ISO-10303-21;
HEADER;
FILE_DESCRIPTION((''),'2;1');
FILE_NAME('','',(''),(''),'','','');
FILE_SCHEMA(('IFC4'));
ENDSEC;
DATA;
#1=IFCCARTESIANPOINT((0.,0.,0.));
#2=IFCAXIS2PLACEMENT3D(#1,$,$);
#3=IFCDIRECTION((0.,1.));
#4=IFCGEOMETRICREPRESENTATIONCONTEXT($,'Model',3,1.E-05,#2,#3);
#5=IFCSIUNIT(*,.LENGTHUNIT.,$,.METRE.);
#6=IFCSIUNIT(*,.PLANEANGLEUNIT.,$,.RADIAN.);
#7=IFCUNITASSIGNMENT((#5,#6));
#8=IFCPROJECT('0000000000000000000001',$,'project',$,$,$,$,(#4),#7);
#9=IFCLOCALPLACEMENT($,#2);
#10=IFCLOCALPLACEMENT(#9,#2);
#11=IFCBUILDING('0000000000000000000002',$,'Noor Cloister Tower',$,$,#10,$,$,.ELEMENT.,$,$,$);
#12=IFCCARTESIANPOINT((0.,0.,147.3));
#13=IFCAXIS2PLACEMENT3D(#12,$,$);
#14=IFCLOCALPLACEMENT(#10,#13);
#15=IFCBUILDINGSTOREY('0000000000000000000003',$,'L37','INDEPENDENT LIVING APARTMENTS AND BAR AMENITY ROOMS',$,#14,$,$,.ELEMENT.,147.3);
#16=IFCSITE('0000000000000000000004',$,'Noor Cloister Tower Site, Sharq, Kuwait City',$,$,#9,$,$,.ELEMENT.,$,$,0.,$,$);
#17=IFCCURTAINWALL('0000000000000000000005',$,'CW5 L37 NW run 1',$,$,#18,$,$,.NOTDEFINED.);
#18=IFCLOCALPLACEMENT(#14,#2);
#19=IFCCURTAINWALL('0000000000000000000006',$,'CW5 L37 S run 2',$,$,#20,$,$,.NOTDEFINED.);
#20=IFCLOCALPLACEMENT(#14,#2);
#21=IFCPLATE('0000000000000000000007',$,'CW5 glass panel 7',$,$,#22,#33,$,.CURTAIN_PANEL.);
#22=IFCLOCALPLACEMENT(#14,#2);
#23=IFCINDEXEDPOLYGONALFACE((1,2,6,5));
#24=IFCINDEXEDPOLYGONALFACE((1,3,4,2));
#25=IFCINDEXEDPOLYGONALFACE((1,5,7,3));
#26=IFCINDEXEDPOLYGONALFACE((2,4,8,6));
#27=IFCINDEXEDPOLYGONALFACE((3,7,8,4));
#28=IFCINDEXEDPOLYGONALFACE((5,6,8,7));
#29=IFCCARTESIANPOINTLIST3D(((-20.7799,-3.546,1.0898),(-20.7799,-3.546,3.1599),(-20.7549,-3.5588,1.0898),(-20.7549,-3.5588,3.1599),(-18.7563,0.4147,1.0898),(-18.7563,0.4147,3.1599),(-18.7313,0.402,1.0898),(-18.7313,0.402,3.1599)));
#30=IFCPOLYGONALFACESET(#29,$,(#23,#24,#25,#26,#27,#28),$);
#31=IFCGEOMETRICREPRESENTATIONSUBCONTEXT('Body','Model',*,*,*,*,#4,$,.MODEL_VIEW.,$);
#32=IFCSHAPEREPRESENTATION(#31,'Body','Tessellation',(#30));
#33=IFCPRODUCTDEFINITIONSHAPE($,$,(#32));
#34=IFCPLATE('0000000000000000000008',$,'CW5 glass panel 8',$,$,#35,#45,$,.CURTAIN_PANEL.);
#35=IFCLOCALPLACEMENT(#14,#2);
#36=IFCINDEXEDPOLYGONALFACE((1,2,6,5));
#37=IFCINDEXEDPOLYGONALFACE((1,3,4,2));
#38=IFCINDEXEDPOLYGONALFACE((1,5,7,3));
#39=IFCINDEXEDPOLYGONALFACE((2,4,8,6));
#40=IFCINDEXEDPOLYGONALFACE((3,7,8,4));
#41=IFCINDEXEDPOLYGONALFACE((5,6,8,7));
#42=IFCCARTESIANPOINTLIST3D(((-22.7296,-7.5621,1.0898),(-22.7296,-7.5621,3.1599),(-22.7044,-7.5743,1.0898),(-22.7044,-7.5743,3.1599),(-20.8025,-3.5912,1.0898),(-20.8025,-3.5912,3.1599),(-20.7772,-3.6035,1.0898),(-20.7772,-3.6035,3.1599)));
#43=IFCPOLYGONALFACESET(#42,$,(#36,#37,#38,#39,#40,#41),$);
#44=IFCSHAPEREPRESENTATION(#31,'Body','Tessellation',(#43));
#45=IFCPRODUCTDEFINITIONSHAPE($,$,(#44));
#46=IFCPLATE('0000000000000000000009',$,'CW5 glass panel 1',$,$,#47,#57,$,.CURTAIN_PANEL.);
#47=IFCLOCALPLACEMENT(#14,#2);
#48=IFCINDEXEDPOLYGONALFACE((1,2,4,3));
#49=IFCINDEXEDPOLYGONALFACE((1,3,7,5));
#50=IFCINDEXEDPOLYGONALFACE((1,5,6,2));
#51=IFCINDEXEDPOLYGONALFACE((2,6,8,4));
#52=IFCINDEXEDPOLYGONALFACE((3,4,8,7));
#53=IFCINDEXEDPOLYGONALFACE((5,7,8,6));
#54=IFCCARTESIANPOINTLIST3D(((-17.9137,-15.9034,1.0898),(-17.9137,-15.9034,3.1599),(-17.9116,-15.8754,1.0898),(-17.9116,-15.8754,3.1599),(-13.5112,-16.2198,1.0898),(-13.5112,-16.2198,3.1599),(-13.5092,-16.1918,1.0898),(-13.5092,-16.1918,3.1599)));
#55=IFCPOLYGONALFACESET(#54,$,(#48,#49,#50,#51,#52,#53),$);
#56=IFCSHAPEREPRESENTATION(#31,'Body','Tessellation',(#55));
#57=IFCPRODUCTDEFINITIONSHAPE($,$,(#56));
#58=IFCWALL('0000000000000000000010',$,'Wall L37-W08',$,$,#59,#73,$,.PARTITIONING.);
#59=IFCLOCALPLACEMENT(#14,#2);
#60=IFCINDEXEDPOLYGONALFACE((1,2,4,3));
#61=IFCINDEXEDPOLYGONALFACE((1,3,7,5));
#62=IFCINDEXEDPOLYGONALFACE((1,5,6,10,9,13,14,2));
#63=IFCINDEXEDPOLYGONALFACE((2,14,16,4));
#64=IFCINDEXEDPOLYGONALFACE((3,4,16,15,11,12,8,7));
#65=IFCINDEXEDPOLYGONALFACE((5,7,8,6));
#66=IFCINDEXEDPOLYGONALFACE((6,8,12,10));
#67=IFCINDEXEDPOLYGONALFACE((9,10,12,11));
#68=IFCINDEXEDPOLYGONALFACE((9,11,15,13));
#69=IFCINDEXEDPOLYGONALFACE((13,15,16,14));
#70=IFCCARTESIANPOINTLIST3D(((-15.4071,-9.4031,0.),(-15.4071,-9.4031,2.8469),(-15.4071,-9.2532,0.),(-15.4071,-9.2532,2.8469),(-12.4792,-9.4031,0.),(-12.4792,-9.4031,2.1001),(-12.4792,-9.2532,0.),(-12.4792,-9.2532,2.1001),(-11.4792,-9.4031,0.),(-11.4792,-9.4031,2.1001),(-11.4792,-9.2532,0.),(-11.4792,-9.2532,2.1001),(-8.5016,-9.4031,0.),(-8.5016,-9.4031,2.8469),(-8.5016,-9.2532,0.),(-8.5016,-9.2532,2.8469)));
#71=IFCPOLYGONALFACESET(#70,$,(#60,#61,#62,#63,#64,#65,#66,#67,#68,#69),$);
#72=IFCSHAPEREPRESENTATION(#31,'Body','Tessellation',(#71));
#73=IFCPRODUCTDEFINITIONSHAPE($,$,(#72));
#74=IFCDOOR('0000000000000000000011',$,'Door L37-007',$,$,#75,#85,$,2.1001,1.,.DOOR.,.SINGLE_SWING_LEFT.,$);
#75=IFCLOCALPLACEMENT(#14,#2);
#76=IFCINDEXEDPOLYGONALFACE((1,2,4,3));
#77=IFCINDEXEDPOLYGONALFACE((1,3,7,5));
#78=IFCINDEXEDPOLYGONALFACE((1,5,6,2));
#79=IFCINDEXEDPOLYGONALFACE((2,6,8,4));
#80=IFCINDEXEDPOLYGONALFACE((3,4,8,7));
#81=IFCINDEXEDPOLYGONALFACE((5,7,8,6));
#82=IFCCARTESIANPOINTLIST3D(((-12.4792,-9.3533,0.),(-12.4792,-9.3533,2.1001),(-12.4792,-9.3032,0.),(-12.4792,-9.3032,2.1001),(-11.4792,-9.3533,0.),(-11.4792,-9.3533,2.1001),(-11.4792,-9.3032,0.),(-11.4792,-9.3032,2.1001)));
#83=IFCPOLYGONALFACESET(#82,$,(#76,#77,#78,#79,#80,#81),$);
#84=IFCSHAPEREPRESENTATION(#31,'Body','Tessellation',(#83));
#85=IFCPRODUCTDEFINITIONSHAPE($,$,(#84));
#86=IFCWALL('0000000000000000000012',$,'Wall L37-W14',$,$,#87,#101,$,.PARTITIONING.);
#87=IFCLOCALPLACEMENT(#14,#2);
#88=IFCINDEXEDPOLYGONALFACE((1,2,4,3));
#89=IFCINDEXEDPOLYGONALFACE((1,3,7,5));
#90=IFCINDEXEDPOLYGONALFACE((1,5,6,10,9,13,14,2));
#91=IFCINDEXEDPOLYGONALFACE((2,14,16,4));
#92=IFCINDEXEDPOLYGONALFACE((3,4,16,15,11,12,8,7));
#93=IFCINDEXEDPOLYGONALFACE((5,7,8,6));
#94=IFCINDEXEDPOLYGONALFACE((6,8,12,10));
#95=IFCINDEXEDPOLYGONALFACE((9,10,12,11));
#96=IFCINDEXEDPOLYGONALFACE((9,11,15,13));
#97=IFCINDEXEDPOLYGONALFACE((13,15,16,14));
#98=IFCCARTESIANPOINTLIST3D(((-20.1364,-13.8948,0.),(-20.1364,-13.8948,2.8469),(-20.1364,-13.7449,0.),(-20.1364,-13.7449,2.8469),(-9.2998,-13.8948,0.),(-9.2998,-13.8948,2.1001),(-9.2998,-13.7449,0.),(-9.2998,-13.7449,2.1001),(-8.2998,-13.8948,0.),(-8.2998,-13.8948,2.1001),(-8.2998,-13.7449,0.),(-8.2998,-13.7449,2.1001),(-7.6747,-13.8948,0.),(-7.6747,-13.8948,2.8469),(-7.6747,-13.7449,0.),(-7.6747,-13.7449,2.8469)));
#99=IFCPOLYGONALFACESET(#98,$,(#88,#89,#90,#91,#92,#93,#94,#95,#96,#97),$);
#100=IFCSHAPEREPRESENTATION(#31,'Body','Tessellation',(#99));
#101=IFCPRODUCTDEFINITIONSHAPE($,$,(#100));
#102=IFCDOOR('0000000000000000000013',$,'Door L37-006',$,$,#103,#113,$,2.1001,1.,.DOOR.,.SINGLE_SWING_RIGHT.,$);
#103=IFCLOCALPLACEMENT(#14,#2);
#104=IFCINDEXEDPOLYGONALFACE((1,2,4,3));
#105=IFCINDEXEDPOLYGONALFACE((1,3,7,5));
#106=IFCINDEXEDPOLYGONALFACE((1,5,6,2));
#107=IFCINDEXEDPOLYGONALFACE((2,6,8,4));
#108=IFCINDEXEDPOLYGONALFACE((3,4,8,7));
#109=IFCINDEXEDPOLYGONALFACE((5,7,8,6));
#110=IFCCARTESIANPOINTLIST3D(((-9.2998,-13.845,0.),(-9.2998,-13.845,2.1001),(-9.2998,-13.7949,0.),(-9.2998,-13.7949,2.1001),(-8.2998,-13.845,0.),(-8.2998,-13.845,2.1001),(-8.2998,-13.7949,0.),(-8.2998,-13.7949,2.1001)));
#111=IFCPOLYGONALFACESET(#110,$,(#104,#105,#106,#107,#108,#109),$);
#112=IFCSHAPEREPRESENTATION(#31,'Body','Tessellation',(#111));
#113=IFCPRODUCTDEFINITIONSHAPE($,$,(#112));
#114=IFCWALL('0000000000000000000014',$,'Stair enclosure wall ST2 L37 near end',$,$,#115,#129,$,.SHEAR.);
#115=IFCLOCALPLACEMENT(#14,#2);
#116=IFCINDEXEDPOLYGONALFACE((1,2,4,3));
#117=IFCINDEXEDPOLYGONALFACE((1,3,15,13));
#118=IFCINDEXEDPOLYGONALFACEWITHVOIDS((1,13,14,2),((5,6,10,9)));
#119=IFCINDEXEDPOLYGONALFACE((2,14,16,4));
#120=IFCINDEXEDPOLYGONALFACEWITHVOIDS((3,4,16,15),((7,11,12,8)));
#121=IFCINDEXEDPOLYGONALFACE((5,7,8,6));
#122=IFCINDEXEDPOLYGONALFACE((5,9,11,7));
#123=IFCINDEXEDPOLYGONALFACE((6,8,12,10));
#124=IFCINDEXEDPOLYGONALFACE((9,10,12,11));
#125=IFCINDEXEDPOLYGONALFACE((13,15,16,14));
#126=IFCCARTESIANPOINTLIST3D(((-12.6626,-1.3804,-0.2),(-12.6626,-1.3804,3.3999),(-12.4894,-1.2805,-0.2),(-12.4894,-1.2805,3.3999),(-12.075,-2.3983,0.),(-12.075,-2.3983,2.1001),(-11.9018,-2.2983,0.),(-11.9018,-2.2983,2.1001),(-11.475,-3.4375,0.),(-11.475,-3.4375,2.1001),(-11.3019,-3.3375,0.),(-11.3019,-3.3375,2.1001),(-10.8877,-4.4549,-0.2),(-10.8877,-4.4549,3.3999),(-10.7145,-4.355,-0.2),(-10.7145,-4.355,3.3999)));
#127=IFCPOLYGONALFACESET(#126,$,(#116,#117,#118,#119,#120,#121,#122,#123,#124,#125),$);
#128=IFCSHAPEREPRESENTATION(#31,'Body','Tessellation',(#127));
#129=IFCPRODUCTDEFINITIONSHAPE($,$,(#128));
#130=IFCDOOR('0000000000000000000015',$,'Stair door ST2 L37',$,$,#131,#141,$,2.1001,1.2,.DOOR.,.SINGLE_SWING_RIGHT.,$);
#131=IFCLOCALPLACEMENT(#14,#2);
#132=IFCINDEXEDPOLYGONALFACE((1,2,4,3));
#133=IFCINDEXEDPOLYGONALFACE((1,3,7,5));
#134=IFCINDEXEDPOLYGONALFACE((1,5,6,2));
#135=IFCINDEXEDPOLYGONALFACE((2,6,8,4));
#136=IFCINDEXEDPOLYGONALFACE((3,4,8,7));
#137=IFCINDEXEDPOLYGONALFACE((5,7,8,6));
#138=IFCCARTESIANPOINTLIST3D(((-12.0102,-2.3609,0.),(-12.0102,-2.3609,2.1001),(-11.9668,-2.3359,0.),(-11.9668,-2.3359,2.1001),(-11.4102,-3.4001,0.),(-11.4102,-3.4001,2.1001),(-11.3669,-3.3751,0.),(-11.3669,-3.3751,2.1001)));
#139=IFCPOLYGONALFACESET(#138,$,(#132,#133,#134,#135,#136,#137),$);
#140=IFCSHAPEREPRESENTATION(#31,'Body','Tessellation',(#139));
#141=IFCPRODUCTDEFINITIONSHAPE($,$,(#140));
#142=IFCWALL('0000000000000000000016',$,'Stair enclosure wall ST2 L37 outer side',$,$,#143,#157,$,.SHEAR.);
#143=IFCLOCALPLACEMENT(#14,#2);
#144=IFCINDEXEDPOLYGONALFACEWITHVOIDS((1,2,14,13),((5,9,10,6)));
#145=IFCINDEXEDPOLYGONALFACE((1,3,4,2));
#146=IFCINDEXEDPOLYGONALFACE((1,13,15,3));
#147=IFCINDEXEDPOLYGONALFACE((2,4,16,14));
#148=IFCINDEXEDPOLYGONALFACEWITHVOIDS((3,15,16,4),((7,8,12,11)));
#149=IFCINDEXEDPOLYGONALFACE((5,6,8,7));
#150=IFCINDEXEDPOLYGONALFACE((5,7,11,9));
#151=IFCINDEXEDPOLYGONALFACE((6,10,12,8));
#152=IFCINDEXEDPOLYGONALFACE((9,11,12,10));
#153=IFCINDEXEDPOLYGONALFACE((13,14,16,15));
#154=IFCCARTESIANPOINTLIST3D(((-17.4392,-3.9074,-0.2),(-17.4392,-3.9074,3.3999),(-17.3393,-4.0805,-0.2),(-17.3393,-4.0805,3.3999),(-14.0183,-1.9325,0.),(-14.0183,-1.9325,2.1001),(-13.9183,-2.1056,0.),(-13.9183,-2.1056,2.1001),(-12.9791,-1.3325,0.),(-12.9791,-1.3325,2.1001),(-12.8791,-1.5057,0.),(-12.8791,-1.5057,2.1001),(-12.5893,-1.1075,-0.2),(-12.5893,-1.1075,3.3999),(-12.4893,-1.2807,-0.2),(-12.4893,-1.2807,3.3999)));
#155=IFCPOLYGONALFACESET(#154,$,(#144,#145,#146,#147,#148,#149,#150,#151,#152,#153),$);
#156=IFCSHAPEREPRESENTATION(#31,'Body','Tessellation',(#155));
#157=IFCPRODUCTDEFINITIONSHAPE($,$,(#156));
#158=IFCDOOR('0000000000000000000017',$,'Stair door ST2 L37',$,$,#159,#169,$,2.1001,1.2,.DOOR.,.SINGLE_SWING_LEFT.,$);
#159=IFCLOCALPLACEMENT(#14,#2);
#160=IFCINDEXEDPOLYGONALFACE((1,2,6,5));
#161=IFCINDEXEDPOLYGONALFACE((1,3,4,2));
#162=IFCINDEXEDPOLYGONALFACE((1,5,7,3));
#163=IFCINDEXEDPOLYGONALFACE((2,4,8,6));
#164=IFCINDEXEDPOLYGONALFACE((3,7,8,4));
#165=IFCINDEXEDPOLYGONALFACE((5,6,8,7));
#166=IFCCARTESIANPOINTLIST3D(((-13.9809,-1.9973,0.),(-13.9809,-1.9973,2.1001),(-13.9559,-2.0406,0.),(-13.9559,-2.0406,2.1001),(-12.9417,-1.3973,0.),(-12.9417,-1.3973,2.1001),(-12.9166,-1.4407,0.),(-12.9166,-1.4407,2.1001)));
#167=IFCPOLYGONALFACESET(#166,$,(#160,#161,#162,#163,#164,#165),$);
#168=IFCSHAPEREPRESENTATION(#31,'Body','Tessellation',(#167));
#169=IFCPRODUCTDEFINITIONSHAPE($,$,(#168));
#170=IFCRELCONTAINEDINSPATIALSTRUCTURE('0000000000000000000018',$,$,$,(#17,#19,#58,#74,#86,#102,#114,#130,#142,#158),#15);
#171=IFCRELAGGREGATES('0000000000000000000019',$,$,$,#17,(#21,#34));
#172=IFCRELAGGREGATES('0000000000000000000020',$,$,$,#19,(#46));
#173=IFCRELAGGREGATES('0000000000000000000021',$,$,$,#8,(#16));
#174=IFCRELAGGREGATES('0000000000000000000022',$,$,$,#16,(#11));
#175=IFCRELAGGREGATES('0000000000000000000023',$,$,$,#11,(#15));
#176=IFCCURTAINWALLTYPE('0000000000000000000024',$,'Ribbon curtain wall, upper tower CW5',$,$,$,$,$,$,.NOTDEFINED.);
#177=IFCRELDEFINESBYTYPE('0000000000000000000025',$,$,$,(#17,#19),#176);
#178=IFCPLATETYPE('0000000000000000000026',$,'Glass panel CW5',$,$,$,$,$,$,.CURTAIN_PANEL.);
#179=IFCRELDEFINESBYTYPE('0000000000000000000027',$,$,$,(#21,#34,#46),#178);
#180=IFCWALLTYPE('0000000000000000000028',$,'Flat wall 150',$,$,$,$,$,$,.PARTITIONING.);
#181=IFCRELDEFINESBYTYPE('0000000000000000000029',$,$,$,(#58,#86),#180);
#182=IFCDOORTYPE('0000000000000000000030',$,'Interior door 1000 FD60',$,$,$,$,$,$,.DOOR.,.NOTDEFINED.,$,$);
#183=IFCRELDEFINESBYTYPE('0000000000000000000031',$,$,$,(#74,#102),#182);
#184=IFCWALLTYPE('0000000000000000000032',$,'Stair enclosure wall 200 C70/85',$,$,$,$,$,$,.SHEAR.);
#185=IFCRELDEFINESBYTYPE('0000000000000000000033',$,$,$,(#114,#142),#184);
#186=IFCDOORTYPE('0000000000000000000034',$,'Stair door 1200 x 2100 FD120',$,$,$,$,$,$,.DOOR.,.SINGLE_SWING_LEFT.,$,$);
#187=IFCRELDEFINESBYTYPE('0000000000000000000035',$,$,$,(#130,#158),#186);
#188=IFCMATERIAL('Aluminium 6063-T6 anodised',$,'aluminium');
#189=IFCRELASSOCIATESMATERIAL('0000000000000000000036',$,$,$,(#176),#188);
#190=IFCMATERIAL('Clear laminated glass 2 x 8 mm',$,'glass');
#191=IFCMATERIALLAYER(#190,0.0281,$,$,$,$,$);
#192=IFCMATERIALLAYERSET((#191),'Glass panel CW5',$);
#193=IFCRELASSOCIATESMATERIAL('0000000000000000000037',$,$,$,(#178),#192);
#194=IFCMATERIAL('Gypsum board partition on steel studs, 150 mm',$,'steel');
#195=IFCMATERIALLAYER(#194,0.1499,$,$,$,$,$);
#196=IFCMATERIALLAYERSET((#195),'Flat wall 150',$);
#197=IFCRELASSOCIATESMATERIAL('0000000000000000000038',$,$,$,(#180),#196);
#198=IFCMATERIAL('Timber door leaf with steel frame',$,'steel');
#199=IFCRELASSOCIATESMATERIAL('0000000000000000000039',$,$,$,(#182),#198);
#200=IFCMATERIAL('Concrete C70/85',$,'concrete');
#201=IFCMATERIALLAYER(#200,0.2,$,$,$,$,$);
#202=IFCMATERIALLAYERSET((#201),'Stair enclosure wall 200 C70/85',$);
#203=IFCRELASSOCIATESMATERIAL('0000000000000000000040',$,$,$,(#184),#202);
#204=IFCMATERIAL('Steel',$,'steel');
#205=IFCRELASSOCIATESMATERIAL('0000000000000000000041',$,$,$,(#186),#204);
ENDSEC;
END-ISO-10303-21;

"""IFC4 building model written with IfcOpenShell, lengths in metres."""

from ifc_helpers import new_model, si_unit, direction, frame, frame_2d, origin, origin_2d, place, context, subcontext, project, spatial, rectangle, extrude, material, layer, layer_set, type_object, element, fill, aggregate, save


model = new_model("IFC4")

# Units and contexts
model_context = context("Model", 3, precision=1e-05, world=origin(), true_north=direction((0.0, 1.0)))
body_context = subcontext(model_context, "Body", "Model", "MODEL_VIEW")
ifc_project = project(units=[si_unit("LENGTHUNIT", "METRE"), si_unit("PLANEANGLEUNIT", "RADIAN")], contexts=[model_context])

# Site, building, storey
site_placement = place(None, origin())
site = spatial("IfcSite", under=ifc_project, at=site_placement, Name="Noor Cloister Tower Site, Sharq, Kuwait City", CompositionType="ELEMENT", RefElevation=0.0)
building_placement = place(site_placement, origin())
building = spatial("IfcBuilding", under=site, at=building_placement, Name="Noor Cloister Tower", CompositionType="ELEMENT")
storey_placement = place(building_placement, frame((0.0, 0.0, 147.3)))
storey = spatial("IfcBuildingStorey", under=building, at=storey_placement, Name="L37", Description="INDEPENDENT LIVING APARTMENTS AND BAR AMENITY ROOMS", CompositionType="ELEMENT", Elevation=147.3)

# Curtain walls
ifc_material_1 = material(Name="Aluminium 6063-T6 anodised", Category="aluminium")
curtain_wall_type = type_object("IfcCurtainWallType", Name="Ribbon curtain wall, upper tower CW5", PredefinedType="NOTDEFINED", material=ifc_material_1)
curtain_wall_1_placement = place(storey_placement, origin())
curtain_wall_1 = element("IfcCurtainWall", 1, at=curtain_wall_1_placement, inside=storey, type_object=curtain_wall_type, Name="CW5 L37 NW run 1", PredefinedType="NOTDEFINED")
curtain_wall_2_placement = place(storey_placement, origin())
curtain_wall_2 = element("IfcCurtainWall", 2, at=curtain_wall_2_placement, inside=storey, type_object=curtain_wall_type, Name="CW5 L37 S run 2", PredefinedType="NOTDEFINED")

# Plates
ifc_material_2 = material(Name="Clear laminated glass 2 x 8 mm", Category="glass")
ifc_layer_1 = layer(ifc_material_2, 0.0281)
ifc_layer_set_1 = layer_set([ifc_layer_1], Name="Glass panel CW5")
plate_type = type_object("IfcPlateType", Name="Glass panel CW5", PredefinedType="CURTAIN_PANEL", material=ifc_layer_set_1)
plate_1_placement = place(storey_placement, frame((-19.7556, -1.572, 1.0898), z_axis=(0.0, 0.0, 1.0), x_axis=(-0.454972, -0.890506, 0.0)))
plate_1 = element("IfcPlate", 3, at=plate_1_placement, type_object=plate_type, Name="CW5 glass panel 7", PredefinedType="CURTAIN_PANEL", context=body_context, shape_type="SweptSolid", body=[
    extrude(rectangle(XDim=4.4478, YDim=0.0281, at=origin_2d()), origin(), (0.0, 0.0, 1.0), 2.0701),
])
plate_2_placement = place(storey_placement, frame((-21.7534, -5.5828, 1.0898), z_axis=(0.0, 0.0, 1.0), x_axis=(-0.436619, -0.899647, 0.0)))
plate_2 = element("IfcPlate", 4, at=plate_2_placement, type_object=plate_type, Name="CW5 glass panel 8", PredefinedType="CURTAIN_PANEL", context=body_context, shape_type="SweptSolid", body=[
    extrude(rectangle(XDim=4.4138, YDim=0.0281, at=origin_2d()), origin(), (0.0, 0.0, 1.0), 2.0701),
])
aggregate(curtain_wall_1, [plate_1, plate_2])
plate_3_placement = place(storey_placement, frame((-15.7114, -16.0476, 1.0898), z_axis=(0.0, 0.0, 1.0), x_axis=(0.997426, -0.0717, 0.0)))
plate_3 = element("IfcPlate", 5, at=plate_3_placement, type_object=plate_type, Name="CW5 glass panel 1", PredefinedType="CURTAIN_PANEL", context=body_context, shape_type="SweptSolid", body=[
    extrude(rectangle(XDim=4.4138, YDim=0.0281, at=origin_2d()), origin(), (0.0, 0.0, 1.0), 2.0701),
])
aggregate(curtain_wall_2, [plate_3])

# Walls, openings, doors
ifc_material_3 = material(Name="Gypsum board partition on steel studs, 150 mm", Category="steel")
ifc_layer_2 = layer(ifc_material_3, 0.1499)
ifc_layer_set_2 = layer_set([ifc_layer_2], Name="Flat wall 150")
wall_type_1 = type_object("IfcWallType", Name="Flat wall 150", PredefinedType="PARTITIONING", material=ifc_layer_set_2)
wall_1_placement = place(storey_placement, frame((-15.407, -9.3281, 0.0), z_axis=(0.0, 0.0, 1.0), x_axis=(1.0, 0.0, 0.0)))
wall_1 = element("IfcWall", 6, at=wall_1_placement, inside=storey, type_object=wall_type_1, Name="Wall L37-W08", PredefinedType="PARTITIONING", context=body_context, shape_type="SweptSolid", body=[
    extrude(rectangle(XDim=6.9055, YDim=0.1499, at=frame_2d((3.4526, 0.0))), origin(), (0.0, 0.0, 1.0), 2.8469),
])
opening_1_placement = place(wall_1_placement, frame((2.9277, 0.0, 0.0)))
opening_1 = element("IfcOpeningElement", 7, at=opening_1_placement, cuts=wall_1, PredefinedType="OPENING", context=body_context, shape_type="SweptSolid", body=[
    extrude(rectangle(XDim=1.0, YDim=2.1001, at=frame_2d((0.5, 1.05))), frame((0.0, 0.085, 0.0), z_axis=(0.0, -1.0, 0.0), x_axis=(1.0, 0.0, 0.0)), (0.0, 0.0, 1.0), 0.1699),
])
ifc_material_4 = material(Name="Timber door leaf with steel frame", Category="steel")
door_type_1 = type_object("IfcDoorType", Name="Interior door 1000 FD60", OperationType="NOTDEFINED", PredefinedType="DOOR", material=ifc_material_4)
door_1_placement = place(opening_1_placement, origin())
door_1 = element("IfcDoor", 8, at=door_1_placement, inside=storey, type_object=door_type_1, Name="Door L37-007", OperationType="SINGLE_SWING_LEFT", OverallHeight=2.1001, OverallWidth=1.0, PredefinedType="DOOR", context=body_context, shape_type="SweptSolid", body=[
    extrude(rectangle(XDim=1.0, YDim=2.1001, at=frame_2d((0.5, 1.05))), frame((0.0, 0.0249, 0.0), z_axis=(0.0, -1.0, 0.0), x_axis=(1.0, 0.0, 0.0)), (0.0, 0.0, 1.0), 0.05),
])
fill(opening_1, door_1)
wall_2_placement = place(storey_placement, frame((-20.1365, -13.8198, 0.0), z_axis=(0.0, 0.0, 1.0), x_axis=(1.0, 0.0, 0.0)))
wall_2 = element("IfcWall", 9, at=wall_2_placement, inside=storey, type_object=wall_type_1, Name="Wall L37-W14", PredefinedType="PARTITIONING", context=body_context, shape_type="SweptSolid", body=[
    extrude(rectangle(XDim=12.4617, YDim=0.1499, at=frame_2d((6.231, 0.0))), origin(), (0.0, 0.0, 1.0), 2.8469),
])
opening_2_placement = place(wall_2_placement, frame((10.8367, 0.0, 0.0)))
opening_2 = element("IfcOpeningElement", 10, at=opening_2_placement, cuts=wall_2, PredefinedType="OPENING", context=body_context, shape_type="SweptSolid", body=[
    extrude(rectangle(XDim=1.0, YDim=2.1001, at=frame_2d((0.5, 1.05))), frame((0.0, 0.085, 0.0), z_axis=(0.0, -1.0, 0.0), x_axis=(1.0, 0.0, 0.0)), (0.0, 0.0, 1.0), 0.1699),
])
door_2_placement = place(opening_2_placement, origin())
door_2 = element("IfcDoor", 11, at=door_2_placement, inside=storey, type_object=door_type_1, Name="Door L37-006", OperationType="SINGLE_SWING_RIGHT", OverallHeight=2.1001, OverallWidth=1.0, PredefinedType="DOOR", context=body_context, shape_type="SweptSolid", body=[
    extrude(rectangle(XDim=1.0, YDim=2.1001, at=frame_2d((0.5, 1.05))), frame((0.0, 0.0249, 0.0), z_axis=(0.0, -1.0, 0.0), x_axis=(1.0, 0.0, 0.0)), (0.0, 0.0, 1.0), 0.05),
])
fill(opening_2, door_2)
ifc_material_5 = material(Name="Concrete C70/85", Category="concrete")
ifc_layer_3 = layer(ifc_material_5, 0.2)
ifc_layer_set_3 = layer_set([ifc_layer_3], Name="Stair enclosure wall 200 C70/85")
wall_type_2 = type_object("IfcWallType", Name="Stair enclosure wall 200 C70/85", PredefinedType="SHEAR", material=ifc_layer_set_3)
wall_3_placement = place(storey_placement, frame((-12.5759, -1.3306, -0.2), z_axis=(0.0, 0.0, 1.0), x_axis=(0.49997, -0.866042, 0.0)))
wall_3 = element("IfcWall", 12, at=wall_3_placement, inside=storey, type_object=wall_type_2, Name="Stair enclosure wall ST2 L37 near end", PredefinedType="SHEAR", context=body_context, shape_type="SweptSolid", body=[
    extrude(rectangle(XDim=3.55, YDim=0.2, at=frame_2d((1.7749, 0.0))), origin(), (0.0, 0.0, 1.0), 3.5999),
])
opening_3_placement = place(wall_3_placement, frame((1.175, 0.0, 0.2)))
opening_3 = element("IfcOpeningElement", 13, at=opening_3_placement, cuts=wall_3, PredefinedType="OPENING", context=body_context, shape_type="SweptSolid", body=[
    extrude(rectangle(XDim=1.2, YDim=2.1001, at=frame_2d((0.6001, 1.05))), frame((0.0, 0.1099, 0.0), z_axis=(0.0, -1.0, 0.0), x_axis=(1.0, 0.0, 0.0)), (0.0, 0.0, 1.0), 0.22),
])
ifc_material_6 = material(Name="Steel", Category="steel")
door_type_2 = type_object("IfcDoorType", Name="Stair door 1200 x 2100 FD120", OperationType="SINGLE_SWING_LEFT", PredefinedType="DOOR", material=ifc_material_6)
door_3_placement = place(opening_3_placement, origin())
door_3 = element("IfcDoor", 14, at=door_3_placement, inside=storey, type_object=door_type_2, Name="Stair door ST2 L37", OperationType="SINGLE_SWING_RIGHT", OverallHeight=2.1001, OverallWidth=1.2, PredefinedType="DOOR", context=body_context, shape_type="SweptSolid", body=[
    extrude(rectangle(XDim=1.2, YDim=2.1001, at=frame_2d((0.6001, 1.05))), frame((0.0, 0.0249, 0.0), z_axis=(0.0, -1.0, 0.0), x_axis=(1.0, 0.0, 0.0)), (0.0, 0.0, 1.0), 0.05),
])
fill(opening_3, door_3)
wall_4_placement = place(storey_placement, frame((-12.5393, -1.1941, -0.2), z_axis=(0.0, 0.0, 1.0), x_axis=(-0.866045, -0.499965, 0.0)))
wall_4 = element("IfcWall", 15, at=wall_4_placement, inside=storey, type_object=wall_type_2, Name="Stair enclosure wall ST2 L37 outer side", PredefinedType="SHEAR", context=body_context, shape_type="SweptSolid", body=[
    extrude(rectangle(XDim=5.6001, YDim=0.2, at=frame_2d((2.8, 0.0))), origin(), (0.0, 0.0, 1.0), 3.5999),
])
opening_4_placement = place(wall_4_placement, frame((0.45, 0.0, 0.2)))
opening_4 = element("IfcOpeningElement", 16, at=opening_4_placement, cuts=wall_4, PredefinedType="OPENING", context=body_context, shape_type="SweptSolid", body=[
    extrude(rectangle(XDim=1.2, YDim=2.1001, at=frame_2d((0.6001, 1.05))), frame((0.0, 0.1099, 0.0), z_axis=(0.0, -1.0, 0.0), x_axis=(1.0, 0.0, 0.0)), (0.0, 0.0, 1.0), 0.22),
])
door_4_placement = place(opening_4_placement, origin())
door_4 = element("IfcDoor", 17, at=door_4_placement, inside=storey, type_object=door_type_2, Name="Stair door ST2 L37", OperationType="SINGLE_SWING_LEFT", OverallHeight=2.1001, OverallWidth=1.2, PredefinedType="DOOR", context=body_context, shape_type="SweptSolid", body=[
    extrude(rectangle(XDim=1.2, YDim=2.1001, at=frame_2d((0.6001, 1.05))), frame((0.0, 0.0249, 0.0), z_axis=(0.0, -1.0, 0.0), x_axis=(1.0, 0.0, 0.0)), (0.0, 0.0, 1.0), 0.05),
])
fill(opening_4, door_4)

save(model, "model.ifc")
